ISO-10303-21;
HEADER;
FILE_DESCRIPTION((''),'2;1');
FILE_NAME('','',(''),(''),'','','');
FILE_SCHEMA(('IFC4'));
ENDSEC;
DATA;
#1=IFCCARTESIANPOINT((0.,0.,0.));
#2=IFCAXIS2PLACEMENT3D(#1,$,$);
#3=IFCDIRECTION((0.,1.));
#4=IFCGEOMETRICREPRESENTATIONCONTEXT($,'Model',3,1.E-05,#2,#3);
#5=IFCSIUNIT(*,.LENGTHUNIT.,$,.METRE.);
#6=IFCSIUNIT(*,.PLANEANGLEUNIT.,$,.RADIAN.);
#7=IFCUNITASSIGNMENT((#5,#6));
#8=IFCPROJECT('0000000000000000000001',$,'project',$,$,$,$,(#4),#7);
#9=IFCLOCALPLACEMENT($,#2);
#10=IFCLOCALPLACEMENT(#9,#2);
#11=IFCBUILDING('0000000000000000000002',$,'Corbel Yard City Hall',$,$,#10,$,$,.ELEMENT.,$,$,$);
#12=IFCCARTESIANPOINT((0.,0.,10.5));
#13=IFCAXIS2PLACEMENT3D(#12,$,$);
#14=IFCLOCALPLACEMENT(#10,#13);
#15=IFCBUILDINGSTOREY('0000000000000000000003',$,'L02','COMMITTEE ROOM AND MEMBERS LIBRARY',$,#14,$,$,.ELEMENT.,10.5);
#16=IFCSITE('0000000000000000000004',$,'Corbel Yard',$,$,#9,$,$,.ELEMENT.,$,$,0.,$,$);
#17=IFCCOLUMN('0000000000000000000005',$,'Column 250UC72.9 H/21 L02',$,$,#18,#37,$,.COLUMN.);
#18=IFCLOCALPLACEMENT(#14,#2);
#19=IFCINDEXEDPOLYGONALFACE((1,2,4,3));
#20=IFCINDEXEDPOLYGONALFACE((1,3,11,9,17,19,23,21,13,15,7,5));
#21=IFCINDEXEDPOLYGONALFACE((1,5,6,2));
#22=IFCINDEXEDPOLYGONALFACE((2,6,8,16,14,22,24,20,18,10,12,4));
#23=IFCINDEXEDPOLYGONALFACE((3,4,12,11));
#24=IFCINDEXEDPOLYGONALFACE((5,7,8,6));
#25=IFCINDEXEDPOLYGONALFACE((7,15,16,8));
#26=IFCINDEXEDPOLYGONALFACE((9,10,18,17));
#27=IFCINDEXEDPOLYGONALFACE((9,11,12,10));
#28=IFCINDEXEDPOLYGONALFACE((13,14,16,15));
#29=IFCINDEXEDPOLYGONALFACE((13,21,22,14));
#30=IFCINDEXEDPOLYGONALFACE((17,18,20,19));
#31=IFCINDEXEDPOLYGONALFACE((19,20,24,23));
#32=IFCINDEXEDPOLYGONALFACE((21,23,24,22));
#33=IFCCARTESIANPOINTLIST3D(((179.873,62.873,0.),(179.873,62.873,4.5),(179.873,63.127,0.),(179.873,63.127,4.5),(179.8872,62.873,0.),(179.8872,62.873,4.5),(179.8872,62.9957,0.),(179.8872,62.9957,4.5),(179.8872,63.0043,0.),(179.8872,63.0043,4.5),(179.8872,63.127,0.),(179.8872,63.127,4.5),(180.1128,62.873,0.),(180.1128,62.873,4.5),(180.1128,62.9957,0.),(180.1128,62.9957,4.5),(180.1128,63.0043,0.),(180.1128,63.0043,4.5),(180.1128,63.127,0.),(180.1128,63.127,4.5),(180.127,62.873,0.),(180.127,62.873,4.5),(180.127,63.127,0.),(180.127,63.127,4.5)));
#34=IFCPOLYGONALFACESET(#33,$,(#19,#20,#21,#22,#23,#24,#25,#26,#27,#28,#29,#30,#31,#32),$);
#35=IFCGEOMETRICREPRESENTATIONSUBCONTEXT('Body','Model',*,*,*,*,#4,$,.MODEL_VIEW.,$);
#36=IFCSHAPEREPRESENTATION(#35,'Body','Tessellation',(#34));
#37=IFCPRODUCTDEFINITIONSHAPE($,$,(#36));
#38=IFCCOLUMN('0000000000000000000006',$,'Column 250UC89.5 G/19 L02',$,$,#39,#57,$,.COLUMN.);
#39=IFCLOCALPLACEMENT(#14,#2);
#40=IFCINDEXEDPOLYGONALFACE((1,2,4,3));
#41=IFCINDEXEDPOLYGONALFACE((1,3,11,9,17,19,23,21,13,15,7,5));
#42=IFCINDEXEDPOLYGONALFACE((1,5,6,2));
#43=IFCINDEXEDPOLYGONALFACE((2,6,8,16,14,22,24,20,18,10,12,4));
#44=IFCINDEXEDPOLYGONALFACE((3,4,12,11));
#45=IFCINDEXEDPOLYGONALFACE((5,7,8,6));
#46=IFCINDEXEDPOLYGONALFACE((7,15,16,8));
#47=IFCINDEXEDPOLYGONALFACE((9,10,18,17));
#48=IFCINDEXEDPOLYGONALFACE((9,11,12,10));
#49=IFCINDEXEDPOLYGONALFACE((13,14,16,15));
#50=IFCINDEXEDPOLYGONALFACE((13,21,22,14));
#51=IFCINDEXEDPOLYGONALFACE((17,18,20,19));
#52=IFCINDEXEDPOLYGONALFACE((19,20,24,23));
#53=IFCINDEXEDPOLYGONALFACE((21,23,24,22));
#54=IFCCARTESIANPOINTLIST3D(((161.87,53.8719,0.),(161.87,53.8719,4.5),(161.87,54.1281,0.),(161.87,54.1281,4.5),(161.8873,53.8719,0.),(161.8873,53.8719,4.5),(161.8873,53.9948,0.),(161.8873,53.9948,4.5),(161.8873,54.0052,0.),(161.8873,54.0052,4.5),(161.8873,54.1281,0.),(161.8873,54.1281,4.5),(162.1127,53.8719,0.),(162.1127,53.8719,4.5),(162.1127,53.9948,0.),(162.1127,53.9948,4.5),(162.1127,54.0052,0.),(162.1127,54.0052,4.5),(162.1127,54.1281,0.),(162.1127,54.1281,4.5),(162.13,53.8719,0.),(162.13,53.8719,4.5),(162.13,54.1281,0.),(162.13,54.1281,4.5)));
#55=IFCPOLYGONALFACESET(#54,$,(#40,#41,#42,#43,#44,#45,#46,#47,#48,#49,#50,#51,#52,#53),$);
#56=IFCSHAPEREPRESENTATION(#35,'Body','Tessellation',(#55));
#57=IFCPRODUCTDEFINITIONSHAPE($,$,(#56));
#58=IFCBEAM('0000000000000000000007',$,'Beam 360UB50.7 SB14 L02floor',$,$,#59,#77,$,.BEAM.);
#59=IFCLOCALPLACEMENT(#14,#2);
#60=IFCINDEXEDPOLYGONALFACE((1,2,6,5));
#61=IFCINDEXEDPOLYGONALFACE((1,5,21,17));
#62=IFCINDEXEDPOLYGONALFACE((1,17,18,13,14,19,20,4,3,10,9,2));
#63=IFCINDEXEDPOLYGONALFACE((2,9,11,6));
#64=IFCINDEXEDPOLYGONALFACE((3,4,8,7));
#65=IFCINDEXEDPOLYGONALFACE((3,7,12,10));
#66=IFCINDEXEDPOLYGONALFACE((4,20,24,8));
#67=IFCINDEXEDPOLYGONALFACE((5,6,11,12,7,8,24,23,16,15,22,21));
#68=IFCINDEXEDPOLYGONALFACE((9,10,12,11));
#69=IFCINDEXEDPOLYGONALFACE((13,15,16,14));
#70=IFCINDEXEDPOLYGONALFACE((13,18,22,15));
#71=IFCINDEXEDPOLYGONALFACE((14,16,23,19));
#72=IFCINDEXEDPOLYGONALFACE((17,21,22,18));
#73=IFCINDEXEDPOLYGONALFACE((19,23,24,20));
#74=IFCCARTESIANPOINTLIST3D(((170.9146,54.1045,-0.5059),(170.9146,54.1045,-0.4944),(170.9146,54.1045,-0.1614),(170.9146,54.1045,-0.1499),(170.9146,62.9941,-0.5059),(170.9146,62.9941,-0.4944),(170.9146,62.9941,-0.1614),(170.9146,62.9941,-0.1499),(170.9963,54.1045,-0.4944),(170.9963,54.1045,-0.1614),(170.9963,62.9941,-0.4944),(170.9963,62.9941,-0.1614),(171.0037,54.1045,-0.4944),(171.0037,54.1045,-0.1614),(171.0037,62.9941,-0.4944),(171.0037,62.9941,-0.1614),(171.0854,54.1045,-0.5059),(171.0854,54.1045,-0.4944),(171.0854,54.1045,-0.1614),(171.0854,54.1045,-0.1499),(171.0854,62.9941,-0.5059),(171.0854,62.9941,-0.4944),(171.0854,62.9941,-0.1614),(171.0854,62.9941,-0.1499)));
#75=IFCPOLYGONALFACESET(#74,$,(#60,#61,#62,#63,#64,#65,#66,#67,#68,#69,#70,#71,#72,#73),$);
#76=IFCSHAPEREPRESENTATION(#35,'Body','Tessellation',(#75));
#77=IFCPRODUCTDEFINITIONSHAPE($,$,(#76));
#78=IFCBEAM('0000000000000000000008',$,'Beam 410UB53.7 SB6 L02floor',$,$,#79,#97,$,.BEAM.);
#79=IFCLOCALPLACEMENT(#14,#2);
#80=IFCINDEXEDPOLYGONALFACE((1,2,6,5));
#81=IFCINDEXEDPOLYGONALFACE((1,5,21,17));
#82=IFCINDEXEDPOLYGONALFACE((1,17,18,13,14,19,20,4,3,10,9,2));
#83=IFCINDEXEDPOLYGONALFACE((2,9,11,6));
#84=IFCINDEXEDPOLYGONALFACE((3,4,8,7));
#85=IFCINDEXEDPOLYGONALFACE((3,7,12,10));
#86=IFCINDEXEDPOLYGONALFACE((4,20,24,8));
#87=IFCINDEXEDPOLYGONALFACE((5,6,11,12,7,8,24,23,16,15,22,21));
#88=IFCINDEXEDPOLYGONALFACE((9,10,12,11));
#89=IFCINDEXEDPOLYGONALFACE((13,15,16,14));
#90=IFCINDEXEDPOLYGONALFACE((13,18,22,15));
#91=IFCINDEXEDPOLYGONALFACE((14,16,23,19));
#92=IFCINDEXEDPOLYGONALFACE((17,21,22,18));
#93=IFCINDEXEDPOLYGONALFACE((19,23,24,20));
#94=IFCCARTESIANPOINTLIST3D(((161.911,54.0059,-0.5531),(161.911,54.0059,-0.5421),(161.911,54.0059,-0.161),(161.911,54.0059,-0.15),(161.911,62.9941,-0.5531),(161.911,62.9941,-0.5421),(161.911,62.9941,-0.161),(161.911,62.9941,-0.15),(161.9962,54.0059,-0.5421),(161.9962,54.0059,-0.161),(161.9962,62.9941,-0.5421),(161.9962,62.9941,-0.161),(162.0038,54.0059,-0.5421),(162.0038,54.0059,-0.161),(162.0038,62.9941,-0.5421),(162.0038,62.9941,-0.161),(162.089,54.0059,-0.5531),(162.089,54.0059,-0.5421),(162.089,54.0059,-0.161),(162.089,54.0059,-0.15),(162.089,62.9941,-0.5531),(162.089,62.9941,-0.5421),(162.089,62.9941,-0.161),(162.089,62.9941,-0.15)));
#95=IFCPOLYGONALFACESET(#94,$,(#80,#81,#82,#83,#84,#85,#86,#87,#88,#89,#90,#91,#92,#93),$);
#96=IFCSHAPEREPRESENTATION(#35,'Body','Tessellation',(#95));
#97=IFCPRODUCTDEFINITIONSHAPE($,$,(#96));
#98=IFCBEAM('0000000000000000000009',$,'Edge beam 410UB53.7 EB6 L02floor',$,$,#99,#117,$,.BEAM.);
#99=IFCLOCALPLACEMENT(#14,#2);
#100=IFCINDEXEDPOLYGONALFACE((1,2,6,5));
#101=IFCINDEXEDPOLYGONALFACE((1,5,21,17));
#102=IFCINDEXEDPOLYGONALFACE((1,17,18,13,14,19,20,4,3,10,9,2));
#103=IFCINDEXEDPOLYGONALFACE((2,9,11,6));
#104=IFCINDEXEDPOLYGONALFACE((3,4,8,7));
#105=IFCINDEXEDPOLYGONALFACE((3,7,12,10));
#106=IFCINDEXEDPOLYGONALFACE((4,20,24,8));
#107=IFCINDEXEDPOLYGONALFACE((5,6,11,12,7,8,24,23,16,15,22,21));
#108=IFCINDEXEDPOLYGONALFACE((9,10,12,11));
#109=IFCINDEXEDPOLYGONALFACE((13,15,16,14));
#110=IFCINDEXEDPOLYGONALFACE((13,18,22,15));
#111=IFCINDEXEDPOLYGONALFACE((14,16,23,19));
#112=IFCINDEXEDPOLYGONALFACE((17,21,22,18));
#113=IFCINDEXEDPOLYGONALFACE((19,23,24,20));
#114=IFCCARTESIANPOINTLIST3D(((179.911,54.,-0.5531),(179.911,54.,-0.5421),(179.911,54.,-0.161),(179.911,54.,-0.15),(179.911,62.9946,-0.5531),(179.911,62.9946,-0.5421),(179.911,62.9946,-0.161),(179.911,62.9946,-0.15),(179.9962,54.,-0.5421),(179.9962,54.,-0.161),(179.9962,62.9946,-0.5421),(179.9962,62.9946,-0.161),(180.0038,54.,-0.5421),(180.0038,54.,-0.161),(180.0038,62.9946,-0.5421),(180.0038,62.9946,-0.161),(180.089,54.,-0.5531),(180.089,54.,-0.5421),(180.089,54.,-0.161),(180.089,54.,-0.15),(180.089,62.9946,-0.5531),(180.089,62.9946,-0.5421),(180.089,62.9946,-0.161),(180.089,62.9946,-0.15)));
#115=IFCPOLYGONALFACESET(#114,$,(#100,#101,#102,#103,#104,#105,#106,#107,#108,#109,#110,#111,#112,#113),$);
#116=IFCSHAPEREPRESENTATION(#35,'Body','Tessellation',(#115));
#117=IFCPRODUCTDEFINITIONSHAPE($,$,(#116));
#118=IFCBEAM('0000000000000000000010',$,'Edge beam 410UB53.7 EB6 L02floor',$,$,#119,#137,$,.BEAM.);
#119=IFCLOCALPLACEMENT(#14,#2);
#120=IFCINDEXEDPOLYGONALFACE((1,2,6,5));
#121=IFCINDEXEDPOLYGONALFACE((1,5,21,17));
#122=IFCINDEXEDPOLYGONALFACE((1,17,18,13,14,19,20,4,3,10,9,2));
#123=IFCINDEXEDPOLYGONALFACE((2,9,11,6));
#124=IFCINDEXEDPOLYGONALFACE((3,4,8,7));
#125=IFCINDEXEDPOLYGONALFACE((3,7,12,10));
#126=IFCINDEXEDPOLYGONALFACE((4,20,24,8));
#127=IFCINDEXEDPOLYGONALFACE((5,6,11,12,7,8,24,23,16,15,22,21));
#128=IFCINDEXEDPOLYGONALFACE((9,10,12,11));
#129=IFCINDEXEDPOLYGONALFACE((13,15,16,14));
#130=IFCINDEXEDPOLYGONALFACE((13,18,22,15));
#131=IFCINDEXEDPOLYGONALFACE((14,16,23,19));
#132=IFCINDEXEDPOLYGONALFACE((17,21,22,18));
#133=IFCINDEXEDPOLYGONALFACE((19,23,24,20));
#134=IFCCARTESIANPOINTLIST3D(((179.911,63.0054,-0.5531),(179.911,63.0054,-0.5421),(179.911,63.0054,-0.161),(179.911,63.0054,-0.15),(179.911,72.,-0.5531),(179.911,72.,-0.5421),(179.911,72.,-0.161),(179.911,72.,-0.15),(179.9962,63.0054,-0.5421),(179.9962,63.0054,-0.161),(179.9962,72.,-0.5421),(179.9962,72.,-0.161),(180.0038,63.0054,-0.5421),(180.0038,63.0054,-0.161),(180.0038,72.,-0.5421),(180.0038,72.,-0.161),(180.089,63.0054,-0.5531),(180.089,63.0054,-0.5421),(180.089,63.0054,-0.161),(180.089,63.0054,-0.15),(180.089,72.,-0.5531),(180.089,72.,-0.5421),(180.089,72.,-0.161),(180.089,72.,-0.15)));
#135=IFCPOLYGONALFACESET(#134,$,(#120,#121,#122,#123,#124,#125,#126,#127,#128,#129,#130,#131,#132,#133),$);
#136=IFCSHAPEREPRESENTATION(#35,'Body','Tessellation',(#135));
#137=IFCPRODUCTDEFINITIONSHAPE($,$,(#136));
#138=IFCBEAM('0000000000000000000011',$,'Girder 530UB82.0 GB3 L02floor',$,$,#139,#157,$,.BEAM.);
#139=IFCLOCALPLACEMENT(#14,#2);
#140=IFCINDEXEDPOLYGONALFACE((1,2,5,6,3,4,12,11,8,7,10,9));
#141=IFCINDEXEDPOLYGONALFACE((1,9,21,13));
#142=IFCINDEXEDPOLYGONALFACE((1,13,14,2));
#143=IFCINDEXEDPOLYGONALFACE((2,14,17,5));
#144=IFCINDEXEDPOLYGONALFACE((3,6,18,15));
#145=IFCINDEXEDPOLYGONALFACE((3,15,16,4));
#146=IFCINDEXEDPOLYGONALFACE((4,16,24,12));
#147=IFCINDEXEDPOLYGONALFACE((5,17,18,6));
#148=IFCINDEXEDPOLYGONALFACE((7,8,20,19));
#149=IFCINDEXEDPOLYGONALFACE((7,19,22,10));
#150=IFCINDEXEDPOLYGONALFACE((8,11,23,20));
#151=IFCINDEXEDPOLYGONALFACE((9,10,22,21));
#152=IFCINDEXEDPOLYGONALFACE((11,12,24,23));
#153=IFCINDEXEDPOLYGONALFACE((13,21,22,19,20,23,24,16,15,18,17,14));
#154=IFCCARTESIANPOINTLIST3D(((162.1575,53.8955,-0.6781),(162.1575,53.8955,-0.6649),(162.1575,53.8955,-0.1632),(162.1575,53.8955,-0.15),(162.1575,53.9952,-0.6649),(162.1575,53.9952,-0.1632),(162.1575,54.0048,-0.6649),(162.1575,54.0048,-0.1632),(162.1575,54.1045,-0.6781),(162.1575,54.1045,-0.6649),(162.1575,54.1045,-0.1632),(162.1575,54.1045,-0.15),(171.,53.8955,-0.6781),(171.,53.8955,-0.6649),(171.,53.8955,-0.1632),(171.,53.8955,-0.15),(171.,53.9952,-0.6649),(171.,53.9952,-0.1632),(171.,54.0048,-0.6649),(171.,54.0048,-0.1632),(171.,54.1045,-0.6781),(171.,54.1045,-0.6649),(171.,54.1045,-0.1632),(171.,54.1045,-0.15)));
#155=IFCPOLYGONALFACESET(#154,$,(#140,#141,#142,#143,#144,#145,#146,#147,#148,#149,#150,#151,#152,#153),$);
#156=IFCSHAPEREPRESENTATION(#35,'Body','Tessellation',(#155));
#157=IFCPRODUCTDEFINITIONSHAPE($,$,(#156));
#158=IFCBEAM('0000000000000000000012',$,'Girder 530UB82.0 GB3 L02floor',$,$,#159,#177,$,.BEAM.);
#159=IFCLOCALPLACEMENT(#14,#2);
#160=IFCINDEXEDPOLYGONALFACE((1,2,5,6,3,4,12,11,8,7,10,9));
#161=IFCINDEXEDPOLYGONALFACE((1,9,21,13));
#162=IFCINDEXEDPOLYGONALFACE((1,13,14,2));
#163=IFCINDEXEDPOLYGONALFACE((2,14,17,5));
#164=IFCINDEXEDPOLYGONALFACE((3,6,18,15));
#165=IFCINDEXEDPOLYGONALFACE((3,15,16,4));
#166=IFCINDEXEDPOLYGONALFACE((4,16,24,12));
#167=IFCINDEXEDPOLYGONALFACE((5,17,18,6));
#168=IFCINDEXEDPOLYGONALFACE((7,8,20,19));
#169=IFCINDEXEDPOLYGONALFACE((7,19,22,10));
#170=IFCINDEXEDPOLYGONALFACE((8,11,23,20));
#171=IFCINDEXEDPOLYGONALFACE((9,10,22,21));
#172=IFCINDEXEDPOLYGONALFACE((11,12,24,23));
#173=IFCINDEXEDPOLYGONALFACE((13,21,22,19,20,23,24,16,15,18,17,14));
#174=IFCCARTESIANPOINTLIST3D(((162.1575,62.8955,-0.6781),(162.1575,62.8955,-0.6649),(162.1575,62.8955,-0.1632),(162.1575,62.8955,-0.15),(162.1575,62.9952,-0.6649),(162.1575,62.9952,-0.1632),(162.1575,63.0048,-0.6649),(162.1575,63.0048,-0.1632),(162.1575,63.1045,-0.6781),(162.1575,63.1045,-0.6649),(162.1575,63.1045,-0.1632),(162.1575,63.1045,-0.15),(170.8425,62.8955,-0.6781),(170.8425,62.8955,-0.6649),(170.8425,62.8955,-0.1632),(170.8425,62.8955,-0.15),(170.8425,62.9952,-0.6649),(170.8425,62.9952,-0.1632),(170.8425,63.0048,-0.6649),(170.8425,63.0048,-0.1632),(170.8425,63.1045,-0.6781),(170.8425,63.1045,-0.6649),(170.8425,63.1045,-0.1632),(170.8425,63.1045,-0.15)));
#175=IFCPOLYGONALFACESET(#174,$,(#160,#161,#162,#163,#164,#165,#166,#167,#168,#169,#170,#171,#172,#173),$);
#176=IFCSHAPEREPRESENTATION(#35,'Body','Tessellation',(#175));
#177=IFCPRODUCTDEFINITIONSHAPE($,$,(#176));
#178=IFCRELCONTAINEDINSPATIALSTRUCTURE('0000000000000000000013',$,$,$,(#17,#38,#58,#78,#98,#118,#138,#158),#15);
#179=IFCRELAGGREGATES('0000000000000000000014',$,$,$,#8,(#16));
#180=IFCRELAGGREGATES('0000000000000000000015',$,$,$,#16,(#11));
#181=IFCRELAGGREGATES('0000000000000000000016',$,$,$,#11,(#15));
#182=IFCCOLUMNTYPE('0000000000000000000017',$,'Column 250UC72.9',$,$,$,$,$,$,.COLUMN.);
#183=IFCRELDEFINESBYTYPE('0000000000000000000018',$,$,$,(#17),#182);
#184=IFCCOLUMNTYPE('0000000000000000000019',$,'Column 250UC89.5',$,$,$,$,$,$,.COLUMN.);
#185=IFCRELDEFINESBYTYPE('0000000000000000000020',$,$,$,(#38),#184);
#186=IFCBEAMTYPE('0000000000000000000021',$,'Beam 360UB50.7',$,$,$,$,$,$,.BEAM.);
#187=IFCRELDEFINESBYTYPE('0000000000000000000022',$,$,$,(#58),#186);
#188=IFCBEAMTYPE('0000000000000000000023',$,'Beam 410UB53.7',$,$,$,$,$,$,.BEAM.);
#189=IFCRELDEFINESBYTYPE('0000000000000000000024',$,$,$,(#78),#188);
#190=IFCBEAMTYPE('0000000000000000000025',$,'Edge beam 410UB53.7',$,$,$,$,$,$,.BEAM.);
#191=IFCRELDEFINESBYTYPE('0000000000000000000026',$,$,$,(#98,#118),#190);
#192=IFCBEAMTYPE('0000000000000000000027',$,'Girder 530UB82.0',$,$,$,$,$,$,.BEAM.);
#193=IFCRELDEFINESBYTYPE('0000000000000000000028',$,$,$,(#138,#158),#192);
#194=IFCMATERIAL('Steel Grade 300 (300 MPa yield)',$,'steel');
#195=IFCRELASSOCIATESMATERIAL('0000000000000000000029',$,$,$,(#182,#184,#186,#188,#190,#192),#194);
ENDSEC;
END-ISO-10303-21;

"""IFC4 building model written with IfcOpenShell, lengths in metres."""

from ifc_helpers import new_model, si_unit, direction, frame, origin, origin_2d, place, context, subcontext, project, spatial, i_section, extrude, material, material_profile, profile_set, type_object, element, save


model = new_model("IFC4")

# Units and contexts
model_context = context("Model", 3, precision=1e-05, world=origin(), true_north=direction((0.0, 1.0)))
body_context = subcontext(model_context, "Body", "Model", "MODEL_VIEW")
ifc_project = project(units=[si_unit("LENGTHUNIT", "METRE"), si_unit("PLANEANGLEUNIT", "RADIAN")], contexts=[model_context])

# Site, building, storey
site_placement = place(None, origin())
site = spatial("IfcSite", under=ifc_project, at=site_placement, Name="Corbel Yard", CompositionType="ELEMENT", RefElevation=0.0)
building_placement = place(site_placement, origin())
building = spatial("IfcBuilding", under=site, at=building_placement, Name="Corbel Yard City Hall", CompositionType="ELEMENT")
storey_placement = place(building_placement, frame((0.0, 0.0, 10.5)))
storey = spatial("IfcBuildingStorey", under=building, at=storey_placement, Name="L02", Description="COMMITTEE ROOM AND MEMBERS LIBRARY", CompositionType="ELEMENT", Elevation=10.5)

# Columns
ifc_material_1 = material(Name="Steel Grade 300 (300 MPa yield)", Category="steel")
ifc_material_profile_1 = material_profile(ifc_material_1, i_section(OverallWidth=0.2539, OverallDepth=0.2539, WebThickness=0.0085, FlangeThickness=0.0142, at=origin_2d()), Name="250UC72.9")
ifc_profile_set_1 = profile_set([ifc_material_profile_1], Name="Steel Grade 300 (300 MPa yield)")
column_type_1 = type_object("IfcColumnType", Name="Column 250UC72.9", PredefinedType="COLUMN", material=ifc_profile_set_1)
column_1_placement = place(storey_placement, frame((180.0, 63.0, 0.0), z_axis=(0.0, 0.0, 1.0), x_axis=(0.0, 1.0, 0.0)))
element("IfcColumn", 1, at=column_1_placement, inside=storey, type_object=column_type_1, Name="Column 250UC72.9 H/21 L02", PredefinedType="COLUMN", context=body_context, shape_type="SweptSolid", body=[
    extrude(i_section(OverallWidth=0.2539, OverallDepth=0.2539, WebThickness=0.0085, FlangeThickness=0.0142, at=origin_2d()), origin(), (0.0, 0.0, 1.0), 4.5),
])
ifc_material_profile_2 = material_profile(ifc_material_1, i_section(OverallWidth=0.2561, OverallDepth=0.26, WebThickness=0.0105, FlangeThickness=0.0173, at=origin_2d()), Name="250UC89.5")
ifc_profile_set_2 = profile_set([ifc_material_profile_2], Name="Steel Grade 300 (300 MPa yield)")
column_type_2 = type_object("IfcColumnType", Name="Column 250UC89.5", PredefinedType="COLUMN", material=ifc_profile_set_2)
column_2_placement = place(storey_placement, frame((162.0, 54.0, 0.0), z_axis=(0.0, 0.0, 1.0), x_axis=(0.0, 1.0, 0.0)))
element("IfcColumn", 2, at=column_2_placement, inside=storey, type_object=column_type_2, Name="Column 250UC89.5 G/19 L02", PredefinedType="COLUMN", context=body_context, shape_type="SweptSolid", body=[
    extrude(i_section(OverallWidth=0.2561, OverallDepth=0.26, WebThickness=0.0105, FlangeThickness=0.0173, at=origin_2d()), origin(), (0.0, 0.0, 1.0), 4.5),
])

# Beams
ifc_material_profile_3 = material_profile(ifc_material_1, i_section(OverallWidth=0.1709, OverallDepth=0.356, WebThickness=0.0073, FlangeThickness=0.0115, at=origin_2d()), Name="360UB50.7")
ifc_profile_set_3 = profile_set([ifc_material_profile_3], Name="Steel Grade 300 (300 MPa yield)")
beam_type_1 = type_object("IfcBeamType", Name="Beam 360UB50.7", PredefinedType="BEAM", material=ifc_profile_set_3)
beam_1_placement = place(storey_placement, frame((171.0, 54.1045, -0.3279), z_axis=(0.0, 1.0, 0.0), x_axis=(-1.0, 0.0, 0.0)))
element("IfcBeam", 3, at=beam_1_placement, inside=storey, type_object=beam_type_1, Name="Beam 360UB50.7 SB14 L02floor", PredefinedType="BEAM", context=body_context, shape_type="SweptSolid", body=[
    extrude(i_section(OverallWidth=0.1709, OverallDepth=0.356, WebThickness=0.0073, FlangeThickness=0.0115, at=origin_2d()), origin(), (0.0, 0.0, 1.0), 8.8896),
])
ifc_material_profile_4 = material_profile(ifc_material_1, i_section(OverallWidth=0.178, OverallDepth=0.4031, WebThickness=0.0076, FlangeThickness=0.011, at=origin_2d()), Name="410UB53.7")
ifc_profile_set_4 = profile_set([ifc_material_profile_4], Name="Steel Grade 300 (300 MPa yield)")
beam_type_2 = type_object("IfcBeamType", Name="Beam 410UB53.7", PredefinedType="BEAM", material=ifc_profile_set_4)
beam_2_placement = place(storey_placement, frame((162.0, 54.0059, -0.3516), z_axis=(0.0, 1.0, 0.0), x_axis=(-1.0, 0.0, 0.0)))
element("IfcBeam", 4, at=beam_2_placement, inside=storey, type_object=beam_type_2, Name="Beam 410UB53.7 SB6 L02floor", PredefinedType="BEAM", context=body_context, shape_type="SweptSolid", body=[
    extrude(i_section(OverallWidth=0.178, OverallDepth=0.4031, WebThickness=0.0076, FlangeThickness=0.011, at=origin_2d()), origin(), (0.0, 0.0, 1.0), 8.9883),
])
ifc_material_profile_5 = material_profile(ifc_material_1, i_section(OverallWidth=0.178, OverallDepth=0.4031, WebThickness=0.0076, FlangeThickness=0.011, at=origin_2d()), Name="410UB53.7")
ifc_profile_set_5 = profile_set([ifc_material_profile_5], Name="Steel Grade 300 (300 MPa yield)")
beam_type_3 = type_object("IfcBeamType", Name="Edge beam 410UB53.7", PredefinedType="BEAM", material=ifc_profile_set_5)
for number, where, z_axis, x_axis, name in (
    (5, (180.0, 54.0, -0.3516), (0.0, 1.0, 0.0), (-1.0, 0.0, 0.0), "Edge beam 410UB53.7 EB6 L02floor"),
    (6, (180.0, 63.0054, -0.3516), (0.0, 1.0, 0.0), (-1.0, 0.0, 0.0), "Edge beam 410UB53.7 EB6 L02floor"),
):
    element("IfcBeam", number, at=place(storey_placement, frame(where, z_axis=z_axis, x_axis=x_axis)), inside=storey, type_object=beam_type_3, Name=name, PredefinedType="BEAM", context=body_context, shape_type="SweptSolid", body=[
        extrude(i_section(OverallWidth=0.178, OverallDepth=0.4031, WebThickness=0.0076, FlangeThickness=0.011, at=origin_2d()), origin(), (0.0, 0.0, 1.0), 8.9946),
    ])
ifc_material_profile_6 = material_profile(ifc_material_1, i_section(OverallWidth=0.209, OverallDepth=0.5281, WebThickness=0.0095, FlangeThickness=0.0132, at=origin_2d()), Name="530UB82.0")
ifc_profile_set_6 = profile_set([ifc_material_profile_6], Name="Steel Grade 300 (300 MPa yield)")
beam_type_4 = type_object("IfcBeamType", Name="Girder 530UB82.0", PredefinedType="BEAM", material=ifc_profile_set_6)
beam_3_placement = place(storey_placement, frame((162.1575, 54.0, -0.4141), z_axis=(1.0, 0.0, 0.0), x_axis=(0.0, 1.0, 0.0)))
element("IfcBeam", 7, at=beam_3_placement, inside=storey, type_object=beam_type_4, Name="Girder 530UB82.0 GB3 L02floor", PredefinedType="BEAM", context=body_context, shape_type="SweptSolid", body=[
    extrude(i_section(OverallWidth=0.209, OverallDepth=0.5281, WebThickness=0.0095, FlangeThickness=0.0132, at=origin_2d()), origin(), (0.0, 0.0, 1.0), 8.8425),
])
beam_4_placement = place(storey_placement, frame((162.1575, 63.0, -0.4141), z_axis=(1.0, 0.0, 0.0), x_axis=(0.0, 1.0, 0.0)))
element("IfcBeam", 8, at=beam_4_placement, inside=storey, type_object=beam_type_4, Name="Girder 530UB82.0 GB3 L02floor", PredefinedType="BEAM", context=body_context, shape_type="SweptSolid", body=[
    extrude(i_section(OverallWidth=0.209, OverallDepth=0.5281, WebThickness=0.0095, FlangeThickness=0.0132, at=origin_2d()), origin(), (0.0, 0.0, 1.0), 8.6851),
])

save(model, "model.ifc")
